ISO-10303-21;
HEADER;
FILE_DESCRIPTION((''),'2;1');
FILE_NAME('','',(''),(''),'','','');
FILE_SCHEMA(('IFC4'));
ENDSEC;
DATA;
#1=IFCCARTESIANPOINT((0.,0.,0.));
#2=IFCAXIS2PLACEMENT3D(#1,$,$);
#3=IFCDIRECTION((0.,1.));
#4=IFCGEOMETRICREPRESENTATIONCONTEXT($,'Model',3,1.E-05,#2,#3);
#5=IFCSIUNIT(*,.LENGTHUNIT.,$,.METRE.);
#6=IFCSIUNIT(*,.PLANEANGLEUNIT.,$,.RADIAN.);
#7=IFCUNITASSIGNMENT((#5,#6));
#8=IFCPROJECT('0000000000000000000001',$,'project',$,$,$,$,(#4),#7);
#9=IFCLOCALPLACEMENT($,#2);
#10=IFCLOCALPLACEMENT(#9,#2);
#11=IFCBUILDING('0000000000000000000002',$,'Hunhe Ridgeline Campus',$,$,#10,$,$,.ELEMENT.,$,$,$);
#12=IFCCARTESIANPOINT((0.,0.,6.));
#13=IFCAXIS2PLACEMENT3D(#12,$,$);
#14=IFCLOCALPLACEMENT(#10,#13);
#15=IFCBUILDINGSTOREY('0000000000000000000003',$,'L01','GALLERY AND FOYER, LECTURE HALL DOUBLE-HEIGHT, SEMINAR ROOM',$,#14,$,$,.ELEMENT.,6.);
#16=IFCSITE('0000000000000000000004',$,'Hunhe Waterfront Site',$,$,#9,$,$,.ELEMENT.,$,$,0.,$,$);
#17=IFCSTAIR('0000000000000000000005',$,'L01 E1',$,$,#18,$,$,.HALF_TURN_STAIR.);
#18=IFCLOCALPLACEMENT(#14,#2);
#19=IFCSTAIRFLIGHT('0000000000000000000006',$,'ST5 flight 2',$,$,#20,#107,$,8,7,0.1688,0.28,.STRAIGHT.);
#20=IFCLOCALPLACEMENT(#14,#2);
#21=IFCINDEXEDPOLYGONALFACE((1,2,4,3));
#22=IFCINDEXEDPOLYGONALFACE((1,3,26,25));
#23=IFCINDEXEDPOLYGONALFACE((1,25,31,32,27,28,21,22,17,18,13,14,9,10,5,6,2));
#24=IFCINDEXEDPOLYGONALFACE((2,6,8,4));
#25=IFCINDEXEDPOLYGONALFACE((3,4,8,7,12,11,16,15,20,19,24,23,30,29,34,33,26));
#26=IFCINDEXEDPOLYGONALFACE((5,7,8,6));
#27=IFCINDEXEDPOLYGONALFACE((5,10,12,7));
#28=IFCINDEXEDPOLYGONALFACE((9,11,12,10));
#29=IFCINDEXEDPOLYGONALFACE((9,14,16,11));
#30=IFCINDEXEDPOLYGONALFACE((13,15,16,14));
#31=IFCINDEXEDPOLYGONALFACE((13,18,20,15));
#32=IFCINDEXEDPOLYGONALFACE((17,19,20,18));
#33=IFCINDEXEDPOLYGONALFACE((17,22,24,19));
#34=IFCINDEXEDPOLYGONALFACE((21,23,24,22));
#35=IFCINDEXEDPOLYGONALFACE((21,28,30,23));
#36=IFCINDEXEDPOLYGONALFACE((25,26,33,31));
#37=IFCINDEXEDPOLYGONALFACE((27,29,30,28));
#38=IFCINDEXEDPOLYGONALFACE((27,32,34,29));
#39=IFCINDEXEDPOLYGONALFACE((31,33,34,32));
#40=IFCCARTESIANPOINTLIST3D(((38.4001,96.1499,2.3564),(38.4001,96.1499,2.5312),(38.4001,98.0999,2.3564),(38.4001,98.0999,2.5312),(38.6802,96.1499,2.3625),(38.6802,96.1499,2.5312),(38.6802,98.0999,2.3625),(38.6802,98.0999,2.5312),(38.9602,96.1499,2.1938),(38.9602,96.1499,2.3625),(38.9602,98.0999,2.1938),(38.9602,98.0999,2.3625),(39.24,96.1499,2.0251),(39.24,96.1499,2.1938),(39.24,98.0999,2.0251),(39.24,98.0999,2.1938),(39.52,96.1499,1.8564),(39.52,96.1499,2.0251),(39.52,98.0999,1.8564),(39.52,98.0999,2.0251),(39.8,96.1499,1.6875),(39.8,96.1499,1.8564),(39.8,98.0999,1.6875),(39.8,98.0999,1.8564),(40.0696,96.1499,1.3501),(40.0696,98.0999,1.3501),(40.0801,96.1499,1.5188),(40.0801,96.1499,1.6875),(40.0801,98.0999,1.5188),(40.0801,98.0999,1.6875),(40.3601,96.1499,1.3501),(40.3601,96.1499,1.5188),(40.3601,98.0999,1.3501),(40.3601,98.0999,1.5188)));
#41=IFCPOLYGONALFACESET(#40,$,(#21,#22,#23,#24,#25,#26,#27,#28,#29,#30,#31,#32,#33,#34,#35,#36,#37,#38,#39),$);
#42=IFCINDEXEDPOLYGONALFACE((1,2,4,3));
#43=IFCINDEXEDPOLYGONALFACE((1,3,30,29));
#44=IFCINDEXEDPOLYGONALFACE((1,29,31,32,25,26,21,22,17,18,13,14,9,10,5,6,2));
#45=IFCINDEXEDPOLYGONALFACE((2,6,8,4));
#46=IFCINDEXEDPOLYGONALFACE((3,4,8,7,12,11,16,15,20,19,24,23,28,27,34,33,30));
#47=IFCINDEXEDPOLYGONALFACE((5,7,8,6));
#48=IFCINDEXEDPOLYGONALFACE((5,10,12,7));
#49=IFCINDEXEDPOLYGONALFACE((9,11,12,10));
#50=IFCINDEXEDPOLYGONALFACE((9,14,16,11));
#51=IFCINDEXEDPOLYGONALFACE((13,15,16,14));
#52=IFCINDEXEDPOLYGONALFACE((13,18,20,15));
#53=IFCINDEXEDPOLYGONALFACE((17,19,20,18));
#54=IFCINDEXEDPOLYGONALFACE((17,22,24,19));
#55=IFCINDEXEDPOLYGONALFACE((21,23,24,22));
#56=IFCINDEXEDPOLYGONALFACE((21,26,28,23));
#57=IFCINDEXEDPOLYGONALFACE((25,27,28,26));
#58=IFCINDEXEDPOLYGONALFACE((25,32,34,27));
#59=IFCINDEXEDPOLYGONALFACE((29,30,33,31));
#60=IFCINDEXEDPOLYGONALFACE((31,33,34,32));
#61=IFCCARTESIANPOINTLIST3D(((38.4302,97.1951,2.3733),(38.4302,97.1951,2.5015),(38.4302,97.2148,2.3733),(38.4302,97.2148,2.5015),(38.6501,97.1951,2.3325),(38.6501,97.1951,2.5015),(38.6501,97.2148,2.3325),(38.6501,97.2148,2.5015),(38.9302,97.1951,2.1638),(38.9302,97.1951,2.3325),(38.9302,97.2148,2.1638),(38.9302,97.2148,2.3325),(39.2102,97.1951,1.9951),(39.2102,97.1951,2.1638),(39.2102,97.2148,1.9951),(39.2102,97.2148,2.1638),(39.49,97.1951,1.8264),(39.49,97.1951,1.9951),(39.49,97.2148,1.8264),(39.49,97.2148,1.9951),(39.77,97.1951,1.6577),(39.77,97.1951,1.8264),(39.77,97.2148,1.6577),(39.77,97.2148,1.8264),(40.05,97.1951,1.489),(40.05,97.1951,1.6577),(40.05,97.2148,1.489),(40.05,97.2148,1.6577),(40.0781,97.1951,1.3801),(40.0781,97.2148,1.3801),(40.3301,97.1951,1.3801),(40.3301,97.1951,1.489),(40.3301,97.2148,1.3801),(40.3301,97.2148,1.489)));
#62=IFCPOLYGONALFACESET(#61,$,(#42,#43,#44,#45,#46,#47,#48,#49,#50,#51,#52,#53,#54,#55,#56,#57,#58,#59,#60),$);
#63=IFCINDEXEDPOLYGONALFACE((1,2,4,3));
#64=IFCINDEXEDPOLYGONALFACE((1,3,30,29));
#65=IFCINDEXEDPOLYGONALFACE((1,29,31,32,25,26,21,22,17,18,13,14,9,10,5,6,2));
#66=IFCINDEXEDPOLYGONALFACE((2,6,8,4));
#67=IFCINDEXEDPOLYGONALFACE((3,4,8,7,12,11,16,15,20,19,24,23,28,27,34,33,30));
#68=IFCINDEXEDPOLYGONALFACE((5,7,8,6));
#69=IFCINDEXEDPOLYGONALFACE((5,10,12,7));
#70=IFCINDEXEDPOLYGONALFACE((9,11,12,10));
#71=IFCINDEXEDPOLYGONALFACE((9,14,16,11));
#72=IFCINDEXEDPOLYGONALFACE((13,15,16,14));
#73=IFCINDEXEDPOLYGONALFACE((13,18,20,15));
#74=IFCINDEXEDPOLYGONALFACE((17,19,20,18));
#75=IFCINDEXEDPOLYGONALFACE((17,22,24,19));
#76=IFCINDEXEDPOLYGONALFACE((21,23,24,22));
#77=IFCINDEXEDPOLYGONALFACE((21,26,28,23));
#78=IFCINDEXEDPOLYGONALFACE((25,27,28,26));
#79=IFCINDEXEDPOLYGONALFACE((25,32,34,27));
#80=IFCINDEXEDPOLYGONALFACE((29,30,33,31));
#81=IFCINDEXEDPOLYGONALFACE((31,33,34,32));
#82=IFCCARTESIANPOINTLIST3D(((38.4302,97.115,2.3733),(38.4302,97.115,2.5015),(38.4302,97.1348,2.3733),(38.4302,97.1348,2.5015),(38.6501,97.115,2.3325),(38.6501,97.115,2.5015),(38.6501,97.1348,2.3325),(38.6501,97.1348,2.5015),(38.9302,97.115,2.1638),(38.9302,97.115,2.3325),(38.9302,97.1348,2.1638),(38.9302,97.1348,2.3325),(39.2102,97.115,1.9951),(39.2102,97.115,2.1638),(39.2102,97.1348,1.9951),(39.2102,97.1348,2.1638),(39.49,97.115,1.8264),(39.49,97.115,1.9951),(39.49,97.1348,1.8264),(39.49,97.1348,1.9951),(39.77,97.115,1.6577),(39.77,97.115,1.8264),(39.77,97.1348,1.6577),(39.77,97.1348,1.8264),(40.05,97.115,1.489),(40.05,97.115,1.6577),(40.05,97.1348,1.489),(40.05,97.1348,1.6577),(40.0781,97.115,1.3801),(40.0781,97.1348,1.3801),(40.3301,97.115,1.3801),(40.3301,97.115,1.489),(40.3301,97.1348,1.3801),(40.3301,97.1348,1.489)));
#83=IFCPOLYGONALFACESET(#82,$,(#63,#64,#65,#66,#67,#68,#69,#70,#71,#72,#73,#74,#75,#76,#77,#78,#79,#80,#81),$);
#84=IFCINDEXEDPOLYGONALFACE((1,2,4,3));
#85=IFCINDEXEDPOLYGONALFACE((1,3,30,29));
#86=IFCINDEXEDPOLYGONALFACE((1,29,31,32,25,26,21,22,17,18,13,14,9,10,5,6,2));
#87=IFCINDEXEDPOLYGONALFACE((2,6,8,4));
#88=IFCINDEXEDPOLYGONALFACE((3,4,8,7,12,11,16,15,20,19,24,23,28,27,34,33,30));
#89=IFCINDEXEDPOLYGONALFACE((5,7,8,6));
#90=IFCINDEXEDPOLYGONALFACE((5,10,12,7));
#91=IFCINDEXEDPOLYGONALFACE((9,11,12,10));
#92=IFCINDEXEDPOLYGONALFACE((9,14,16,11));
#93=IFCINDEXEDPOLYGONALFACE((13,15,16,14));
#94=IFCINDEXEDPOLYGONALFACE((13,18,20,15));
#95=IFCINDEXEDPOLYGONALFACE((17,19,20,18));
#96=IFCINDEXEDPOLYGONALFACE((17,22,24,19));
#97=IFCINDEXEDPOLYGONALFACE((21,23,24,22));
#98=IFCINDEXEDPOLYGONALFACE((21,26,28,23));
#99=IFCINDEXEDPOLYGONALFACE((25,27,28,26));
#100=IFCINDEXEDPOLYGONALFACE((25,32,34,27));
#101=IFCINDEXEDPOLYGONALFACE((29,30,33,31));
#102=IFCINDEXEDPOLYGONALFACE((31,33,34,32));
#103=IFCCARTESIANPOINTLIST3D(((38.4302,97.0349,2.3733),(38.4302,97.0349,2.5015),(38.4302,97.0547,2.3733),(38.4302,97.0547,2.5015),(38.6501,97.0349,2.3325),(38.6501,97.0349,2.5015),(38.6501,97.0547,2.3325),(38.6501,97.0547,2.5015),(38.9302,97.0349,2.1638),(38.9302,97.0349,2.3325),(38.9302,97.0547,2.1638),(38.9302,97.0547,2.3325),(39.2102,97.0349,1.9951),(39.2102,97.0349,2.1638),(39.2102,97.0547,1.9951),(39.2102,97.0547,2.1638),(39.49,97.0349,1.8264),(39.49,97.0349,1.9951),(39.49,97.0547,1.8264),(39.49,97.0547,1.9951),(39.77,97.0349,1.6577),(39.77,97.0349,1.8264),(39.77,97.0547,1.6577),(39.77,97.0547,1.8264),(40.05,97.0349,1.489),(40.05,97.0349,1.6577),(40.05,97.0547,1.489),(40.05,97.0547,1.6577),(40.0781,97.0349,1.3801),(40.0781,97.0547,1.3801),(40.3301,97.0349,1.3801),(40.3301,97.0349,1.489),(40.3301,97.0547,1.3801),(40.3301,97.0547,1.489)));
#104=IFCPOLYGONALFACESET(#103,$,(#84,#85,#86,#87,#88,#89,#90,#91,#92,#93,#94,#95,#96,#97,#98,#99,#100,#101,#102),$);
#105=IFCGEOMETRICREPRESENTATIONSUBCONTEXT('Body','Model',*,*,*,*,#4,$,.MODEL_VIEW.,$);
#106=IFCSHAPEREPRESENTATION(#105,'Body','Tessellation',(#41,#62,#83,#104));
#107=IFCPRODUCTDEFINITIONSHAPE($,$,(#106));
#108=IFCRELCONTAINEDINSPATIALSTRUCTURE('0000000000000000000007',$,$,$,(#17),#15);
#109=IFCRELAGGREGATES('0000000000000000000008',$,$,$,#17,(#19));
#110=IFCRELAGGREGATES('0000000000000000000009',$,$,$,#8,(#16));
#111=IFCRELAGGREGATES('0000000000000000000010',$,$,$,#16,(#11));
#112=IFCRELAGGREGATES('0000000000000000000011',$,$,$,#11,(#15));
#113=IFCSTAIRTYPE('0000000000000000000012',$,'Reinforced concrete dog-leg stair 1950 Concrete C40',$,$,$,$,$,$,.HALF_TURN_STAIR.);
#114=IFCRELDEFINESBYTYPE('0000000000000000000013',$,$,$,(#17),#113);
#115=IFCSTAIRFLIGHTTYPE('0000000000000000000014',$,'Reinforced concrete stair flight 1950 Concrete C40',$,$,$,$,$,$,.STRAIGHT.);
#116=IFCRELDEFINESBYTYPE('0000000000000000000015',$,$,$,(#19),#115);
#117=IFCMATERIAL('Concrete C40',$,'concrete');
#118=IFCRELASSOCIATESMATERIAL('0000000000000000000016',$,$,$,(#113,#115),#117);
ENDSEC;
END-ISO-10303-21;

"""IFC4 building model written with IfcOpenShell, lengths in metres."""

from ifc_helpers import new_model, si_unit, direction, frame, origin, place, context, subcontext, project, spatial, polyline, outline, extrude, material, type_object, element, aggregate, save


model = new_model("IFC4")

# Units and contexts
model_context = context("Model", 3, precision=1e-05, world=origin(), true_north=direction((0.0, 1.0)))
body_context = subcontext(model_context, "Body", "Model", "MODEL_VIEW")
ifc_project = project(units=[si_unit("LENGTHUNIT", "METRE"), si_unit("PLANEANGLEUNIT", "RADIAN")], contexts=[model_context])

# Site, building, storey
site_placement = place(None, origin())
site = spatial("IfcSite", under=ifc_project, at=site_placement, Name="Hunhe Waterfront Site", CompositionType="ELEMENT", RefElevation=0.0)
building_placement = place(site_placement, origin())
building = spatial("IfcBuilding", under=site, at=building_placement, Name="Hunhe Ridgeline Campus", CompositionType="ELEMENT")
storey_placement = place(building_placement, frame((0.0, 0.0, 6.0)))
storey = spatial("IfcBuildingStorey", under=building, at=storey_placement, Name="L01", Description="GALLERY AND FOYER, LECTURE HALL DOUBLE-HEIGHT, SEMINAR ROOM", CompositionType="ELEMENT", Elevation=6.0)

# Stair, stair flight
ifc_material_1 = material(Name="Concrete C40", Category="concrete")
stair_type = type_object("IfcStairType", Name="Reinforced concrete dog-leg stair 1950 Concrete C40", PredefinedType="HALF_TURN_STAIR", material=ifc_material_1)
stair_placement = place(storey_placement, origin())
stair = element("IfcStair", 1, at=stair_placement, inside=storey, type_object=stair_type, Name="L01 E1", PredefinedType="HALF_TURN_STAIR")
stair_flight_type = type_object("IfcStairFlightType", Name="Reinforced concrete stair flight 1950 Concrete C40", PredefinedType="STRAIGHT", material=ifc_material_1)
stair_flight_1_placement = place(storey_placement, frame((40.3601, 97.125, 1.3501), z_axis=(0.0, 0.0, 1.0), x_axis=(-1.0, 0.0, 0.0)))
stair_flight_1 = element("IfcStairFlight", 2, at=stair_flight_1_placement, type_object=stair_flight_type, Name="ST5 flight 2", NumberOfRisers=8, NumberOfTreads=7, PredefinedType="STRAIGHT", RiserHeight=0.1688, TreadLength=0.28, context=body_context, shape_type="SweptSolid", body=[
    extrude(outline(polyline([(0.0, 0.0), (0.0, 0.1687), (0.28, 0.1687), (0.28, 0.3374), (0.5601, 0.3374), (0.5601, 0.5063), (0.8401, 0.5063), (0.8401, 0.675), (1.1201, 0.675), (1.1201, 0.8438), (1.3999, 0.8438), (1.3999, 1.0125), (1.6799, 1.0125), (1.6799, 1.1812), (1.96, 1.1812), (1.96, 1.3501), (1.96, 1.0063), (0.2905, 0.0), (0.0, 0.0)])), frame((0.0, 0.9751, 0.0), z_axis=(0.0, -1.0, 0.0), x_axis=(1.0, 0.0, 0.0)), (0.0, 0.0, 1.0), 1.95),
    extrude(outline(polyline([(0.03, 0.03), (0.03, 0.1389), (0.3101, 0.1389), (0.3101, 0.3076), (0.5901, 0.3076), (0.5901, 0.4763), (0.8701, 0.4763), (0.8701, 0.645), (1.1499, 0.645), (1.1499, 0.8137), (1.4299, 0.8137), (1.4299, 0.9824), (1.71, 0.9824), (1.71, 1.1514), (1.9299, 1.1514), (1.9299, 1.0232), (0.282, 0.03), (0.03, 0.03)])), frame((0.0, -0.0701, 0.0), z_axis=(0.0, -1.0, 0.0), x_axis=(1.0, 0.0, 0.0)), (0.0, 0.0, 1.0), 0.0198),
    extrude(outline(polyline([(0.03, 0.03), (0.03, 0.1389), (0.3101, 0.1389), (0.3101, 0.3076), (0.5901, 0.3076), (0.5901, 0.4763), (0.8701, 0.4763), (0.8701, 0.645), (1.1499, 0.645), (1.1499, 0.8137), (1.4299, 0.8137), (1.4299, 0.9824), (1.71, 0.9824), (1.71, 1.1514), (1.9299, 1.1514), (1.9299, 1.0232), (0.282, 0.03), (0.03, 0.03)])), frame((0.0, 0.01, 0.0), z_axis=(0.0, -1.0, 0.0), x_axis=(1.0, 0.0, 0.0)), (0.0, 0.0, 1.0), 0.0198),
    extrude(outline(polyline([(0.03, 0.03), (0.03, 0.1389), (0.3101, 0.1389), (0.3101, 0.3076), (0.5901, 0.3076), (0.5901, 0.4763), (0.8701, 0.4763), (0.8701, 0.645), (1.1499, 0.645), (1.1499, 0.8137), (1.4299, 0.8137), (1.4299, 0.9824), (1.71, 0.9824), (1.71, 1.1514), (1.9299, 1.1514), (1.9299, 1.0232), (0.282, 0.03), (0.03, 0.03)])), frame((0.0, 0.0901, 0.0), z_axis=(0.0, -1.0, 0.0), x_axis=(1.0, 0.0, 0.0)), (0.0, 0.0, 1.0), 0.0198),
])
aggregate(stair, [stair_flight_1])

save(model, "model.ifc")
